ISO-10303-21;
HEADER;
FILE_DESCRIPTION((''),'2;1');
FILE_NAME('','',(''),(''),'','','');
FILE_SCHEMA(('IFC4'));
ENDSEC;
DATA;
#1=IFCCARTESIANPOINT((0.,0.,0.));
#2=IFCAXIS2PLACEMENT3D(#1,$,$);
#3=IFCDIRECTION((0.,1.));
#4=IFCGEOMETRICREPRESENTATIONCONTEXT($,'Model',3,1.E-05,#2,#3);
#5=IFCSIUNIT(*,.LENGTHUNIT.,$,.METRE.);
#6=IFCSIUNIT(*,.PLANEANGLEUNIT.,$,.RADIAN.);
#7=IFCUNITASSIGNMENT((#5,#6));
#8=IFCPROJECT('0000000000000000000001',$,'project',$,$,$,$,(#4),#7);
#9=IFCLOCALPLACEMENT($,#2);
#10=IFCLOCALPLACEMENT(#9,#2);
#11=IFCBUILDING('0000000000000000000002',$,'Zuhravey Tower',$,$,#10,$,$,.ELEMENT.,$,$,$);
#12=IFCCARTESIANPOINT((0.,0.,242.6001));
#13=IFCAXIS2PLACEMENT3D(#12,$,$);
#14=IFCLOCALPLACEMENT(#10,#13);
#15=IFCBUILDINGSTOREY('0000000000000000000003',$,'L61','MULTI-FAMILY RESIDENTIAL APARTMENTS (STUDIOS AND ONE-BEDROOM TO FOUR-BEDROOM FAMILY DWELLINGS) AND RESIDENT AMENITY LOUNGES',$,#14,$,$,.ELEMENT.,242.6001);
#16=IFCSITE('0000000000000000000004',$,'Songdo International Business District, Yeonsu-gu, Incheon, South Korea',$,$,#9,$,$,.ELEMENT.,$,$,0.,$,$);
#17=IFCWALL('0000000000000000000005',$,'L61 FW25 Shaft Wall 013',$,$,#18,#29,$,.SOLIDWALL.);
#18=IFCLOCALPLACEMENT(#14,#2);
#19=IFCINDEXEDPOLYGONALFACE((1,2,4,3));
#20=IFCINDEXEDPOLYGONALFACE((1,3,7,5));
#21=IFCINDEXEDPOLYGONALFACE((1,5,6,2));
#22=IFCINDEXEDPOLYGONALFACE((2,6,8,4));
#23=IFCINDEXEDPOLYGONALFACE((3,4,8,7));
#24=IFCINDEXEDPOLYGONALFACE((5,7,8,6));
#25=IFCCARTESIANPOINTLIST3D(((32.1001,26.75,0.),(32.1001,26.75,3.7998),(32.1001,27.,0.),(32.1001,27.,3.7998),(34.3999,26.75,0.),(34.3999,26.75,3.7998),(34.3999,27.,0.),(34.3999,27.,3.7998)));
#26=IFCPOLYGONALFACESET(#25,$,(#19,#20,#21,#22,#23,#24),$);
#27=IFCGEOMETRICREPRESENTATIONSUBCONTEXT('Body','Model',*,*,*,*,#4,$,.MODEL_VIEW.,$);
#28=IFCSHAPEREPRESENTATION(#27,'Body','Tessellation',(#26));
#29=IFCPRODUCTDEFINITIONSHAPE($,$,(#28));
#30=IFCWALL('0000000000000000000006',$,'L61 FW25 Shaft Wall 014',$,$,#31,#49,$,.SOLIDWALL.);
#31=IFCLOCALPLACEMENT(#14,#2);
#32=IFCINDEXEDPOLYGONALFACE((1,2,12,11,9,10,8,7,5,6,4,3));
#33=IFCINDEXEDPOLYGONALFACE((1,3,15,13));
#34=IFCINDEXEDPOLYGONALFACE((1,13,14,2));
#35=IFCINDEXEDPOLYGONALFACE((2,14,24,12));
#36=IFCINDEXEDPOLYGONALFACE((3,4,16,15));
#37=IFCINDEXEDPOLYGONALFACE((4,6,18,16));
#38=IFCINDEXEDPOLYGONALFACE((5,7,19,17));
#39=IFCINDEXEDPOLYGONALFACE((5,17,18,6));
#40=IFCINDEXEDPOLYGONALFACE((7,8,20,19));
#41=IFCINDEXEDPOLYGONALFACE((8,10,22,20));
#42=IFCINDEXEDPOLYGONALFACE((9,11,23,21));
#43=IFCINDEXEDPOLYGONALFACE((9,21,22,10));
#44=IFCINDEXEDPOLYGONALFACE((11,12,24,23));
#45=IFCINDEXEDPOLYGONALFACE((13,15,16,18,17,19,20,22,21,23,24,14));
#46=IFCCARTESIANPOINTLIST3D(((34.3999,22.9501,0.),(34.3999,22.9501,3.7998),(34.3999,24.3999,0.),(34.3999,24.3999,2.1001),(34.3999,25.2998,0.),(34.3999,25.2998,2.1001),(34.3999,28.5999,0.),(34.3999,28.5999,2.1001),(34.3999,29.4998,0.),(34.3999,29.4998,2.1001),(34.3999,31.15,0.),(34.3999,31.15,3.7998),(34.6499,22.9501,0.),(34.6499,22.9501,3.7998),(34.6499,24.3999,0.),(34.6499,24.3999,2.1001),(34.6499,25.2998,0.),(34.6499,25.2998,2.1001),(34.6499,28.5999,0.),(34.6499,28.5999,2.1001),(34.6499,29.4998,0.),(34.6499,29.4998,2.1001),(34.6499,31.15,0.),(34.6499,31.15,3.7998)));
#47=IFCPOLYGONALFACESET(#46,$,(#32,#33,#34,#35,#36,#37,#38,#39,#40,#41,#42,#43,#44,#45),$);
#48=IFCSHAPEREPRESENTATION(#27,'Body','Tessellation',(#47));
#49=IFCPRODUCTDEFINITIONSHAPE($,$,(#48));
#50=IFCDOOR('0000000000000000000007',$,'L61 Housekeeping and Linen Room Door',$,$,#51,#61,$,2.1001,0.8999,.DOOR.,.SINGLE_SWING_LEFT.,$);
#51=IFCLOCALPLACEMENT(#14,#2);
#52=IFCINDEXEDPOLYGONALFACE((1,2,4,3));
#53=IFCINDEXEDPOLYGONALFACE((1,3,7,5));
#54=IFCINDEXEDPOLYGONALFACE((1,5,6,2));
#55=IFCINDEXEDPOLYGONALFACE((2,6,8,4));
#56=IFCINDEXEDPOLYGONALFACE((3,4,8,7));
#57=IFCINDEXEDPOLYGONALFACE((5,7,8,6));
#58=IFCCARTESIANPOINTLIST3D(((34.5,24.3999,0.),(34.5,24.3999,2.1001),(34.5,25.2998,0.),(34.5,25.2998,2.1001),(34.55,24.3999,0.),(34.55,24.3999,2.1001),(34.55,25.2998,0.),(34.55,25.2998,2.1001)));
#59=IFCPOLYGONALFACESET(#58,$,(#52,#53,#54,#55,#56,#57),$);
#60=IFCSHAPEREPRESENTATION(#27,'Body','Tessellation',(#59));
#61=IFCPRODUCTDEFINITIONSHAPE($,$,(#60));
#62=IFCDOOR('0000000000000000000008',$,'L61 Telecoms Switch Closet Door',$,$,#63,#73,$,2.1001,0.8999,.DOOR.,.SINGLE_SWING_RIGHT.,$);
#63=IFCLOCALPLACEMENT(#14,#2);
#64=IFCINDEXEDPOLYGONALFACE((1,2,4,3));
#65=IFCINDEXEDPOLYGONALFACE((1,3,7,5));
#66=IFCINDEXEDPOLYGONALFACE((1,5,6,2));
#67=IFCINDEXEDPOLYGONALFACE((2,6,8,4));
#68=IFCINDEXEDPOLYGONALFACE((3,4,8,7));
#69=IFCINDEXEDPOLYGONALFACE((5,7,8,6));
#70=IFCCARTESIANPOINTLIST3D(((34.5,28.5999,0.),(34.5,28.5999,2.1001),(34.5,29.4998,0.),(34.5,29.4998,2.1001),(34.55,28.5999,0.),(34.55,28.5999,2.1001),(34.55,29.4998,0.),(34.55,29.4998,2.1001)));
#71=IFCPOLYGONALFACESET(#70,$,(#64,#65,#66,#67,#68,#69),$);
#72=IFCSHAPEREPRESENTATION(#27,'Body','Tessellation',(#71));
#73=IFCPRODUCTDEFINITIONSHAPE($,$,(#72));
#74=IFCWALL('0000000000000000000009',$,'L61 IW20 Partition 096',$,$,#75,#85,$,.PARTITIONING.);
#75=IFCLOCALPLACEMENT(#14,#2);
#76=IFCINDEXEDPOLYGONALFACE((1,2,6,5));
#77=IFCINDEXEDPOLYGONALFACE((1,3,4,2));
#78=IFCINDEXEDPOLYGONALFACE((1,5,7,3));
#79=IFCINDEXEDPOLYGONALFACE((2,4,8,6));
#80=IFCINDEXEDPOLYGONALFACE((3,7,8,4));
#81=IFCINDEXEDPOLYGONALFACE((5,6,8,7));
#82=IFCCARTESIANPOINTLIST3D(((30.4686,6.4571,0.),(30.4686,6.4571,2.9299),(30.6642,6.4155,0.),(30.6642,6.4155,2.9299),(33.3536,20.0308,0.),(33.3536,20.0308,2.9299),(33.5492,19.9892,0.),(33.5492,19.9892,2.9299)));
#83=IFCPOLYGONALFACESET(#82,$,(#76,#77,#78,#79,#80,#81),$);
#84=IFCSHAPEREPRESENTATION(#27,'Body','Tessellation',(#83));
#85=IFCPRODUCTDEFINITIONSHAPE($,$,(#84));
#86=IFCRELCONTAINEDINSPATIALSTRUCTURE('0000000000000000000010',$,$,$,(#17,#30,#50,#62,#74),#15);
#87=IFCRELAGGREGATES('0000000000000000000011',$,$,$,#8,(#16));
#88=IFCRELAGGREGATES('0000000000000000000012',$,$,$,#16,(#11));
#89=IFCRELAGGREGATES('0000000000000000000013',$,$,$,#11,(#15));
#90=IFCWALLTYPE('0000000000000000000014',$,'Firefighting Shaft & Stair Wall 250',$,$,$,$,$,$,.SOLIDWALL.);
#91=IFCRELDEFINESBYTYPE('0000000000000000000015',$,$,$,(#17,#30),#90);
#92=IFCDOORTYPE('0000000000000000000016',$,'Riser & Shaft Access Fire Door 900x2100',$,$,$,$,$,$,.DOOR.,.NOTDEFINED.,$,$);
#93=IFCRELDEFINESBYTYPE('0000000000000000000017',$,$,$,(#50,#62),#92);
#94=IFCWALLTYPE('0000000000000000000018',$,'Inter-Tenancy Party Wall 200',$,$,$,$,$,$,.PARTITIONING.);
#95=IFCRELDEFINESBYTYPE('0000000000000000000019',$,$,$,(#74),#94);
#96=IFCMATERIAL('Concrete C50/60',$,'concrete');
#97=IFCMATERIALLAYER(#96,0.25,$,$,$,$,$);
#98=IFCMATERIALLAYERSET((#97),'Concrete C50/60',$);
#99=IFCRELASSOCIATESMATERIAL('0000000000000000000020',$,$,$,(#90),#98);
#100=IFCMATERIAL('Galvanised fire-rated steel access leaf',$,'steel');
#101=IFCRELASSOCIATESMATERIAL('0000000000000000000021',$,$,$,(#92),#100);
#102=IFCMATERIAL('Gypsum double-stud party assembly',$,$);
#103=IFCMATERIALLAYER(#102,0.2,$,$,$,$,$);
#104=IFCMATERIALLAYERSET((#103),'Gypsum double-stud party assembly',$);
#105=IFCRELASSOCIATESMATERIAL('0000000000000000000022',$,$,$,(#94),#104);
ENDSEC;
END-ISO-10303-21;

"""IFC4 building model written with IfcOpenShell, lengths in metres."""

from ifc_helpers import new_model, si_unit, direction, frame, frame_2d, origin, place, context, subcontext, project, spatial, rectangle, extrude, material, layer, layer_set, type_object, element, fill, save


model = new_model("IFC4")

# Units and contexts
model_context = context("Model", 3, precision=1e-05, world=origin(), true_north=direction((0.0, 1.0)))
body_context = subcontext(model_context, "Body", "Model", "MODEL_VIEW")
ifc_project = project(units=[si_unit("LENGTHUNIT", "METRE"), si_unit("PLANEANGLEUNIT", "RADIAN")], contexts=[model_context])

# Site, building, storey
site_placement = place(None, origin())
site = spatial("IfcSite", under=ifc_project, at=site_placement, Name="Songdo International Business District, Yeonsu-gu, Incheon, South Korea", CompositionType="ELEMENT", RefElevation=0.0)
building_placement = place(site_placement, origin())
building = spatial("IfcBuilding", under=site, at=building_placement, Name="Zuhravey Tower", CompositionType="ELEMENT")
storey_placement = place(building_placement, frame((0.0, 0.0, 242.6001)))
storey = spatial("IfcBuildingStorey", under=building, at=storey_placement, Name="L61", Description="MULTI-FAMILY RESIDENTIAL APARTMENTS (STUDIOS AND ONE-BEDROOM TO FOUR-BEDROOM FAMILY DWELLINGS) AND RESIDENT AMENITY LOUNGES", CompositionType="ELEMENT", Elevation=242.6001)

# Shared definitions
ifc_material_1 = material(Name="Concrete C50/60", Category="concrete")
ifc_layer_1 = layer(ifc_material_1, 0.25)
ifc_layer_set_1 = layer_set([ifc_layer_1], Name="Concrete C50/60")
wall_type_1 = type_object("IfcWallType", Name="Firefighting Shaft & Stair Wall 250", PredefinedType="SOLIDWALL", material=ifc_layer_set_1)

# Shared definitions
ifc_material_2 = material(Name="Galvanised fire-rated steel access leaf", Category="steel")
door_type_1 = type_object("IfcDoorType", Name="Riser & Shaft Access Fire Door 900x2100", OperationType="NOTDEFINED", PredefinedType="DOOR", material=ifc_material_2)

# Wall
wall_1_placement = place(storey_placement, frame((32.1001, 26.875, 0.0), z_axis=(0.0, 0.0, 1.0), x_axis=(1.0, 0.0, 0.0)))
element("IfcWall", 1, at=wall_1_placement, inside=storey, type_object=wall_type_1, Name="L61 FW25 Shaft Wall 013", PredefinedType="SOLIDWALL", context=body_context, shape_type="SweptSolid", body=[
    extrude(rectangle(XDim=2.2998, YDim=0.25, at=frame_2d((1.1499, 0.0))), origin(), (0.0, 0.0, 1.0), 3.7998),
])

# Wall, openings, doors
wall_2_placement = place(storey_placement, frame((34.5249, 22.95, 0.0), z_axis=(0.0, 0.0, 1.0), x_axis=(0.0, 1.0, 0.0)))
wall_2 = element("IfcWall", 2, at=wall_2_placement, inside=storey, type_object=wall_type_1, Name="L61 FW25 Shaft Wall 014", PredefinedType="SOLIDWALL", context=body_context, shape_type="SweptSolid", body=[
    extrude(rectangle(XDim=8.2, YDim=0.25, at=frame_2d((4.1001, 0.0))), origin(), (0.0, 0.0, 1.0), 3.7998),
])
opening_1_placement = place(wall_2_placement, frame((1.45, 0.0, 0.0)))
opening_1 = element("IfcOpeningElement", 3, at=opening_1_placement, cuts=wall_2, PredefinedType="OPENING", context=body_context, shape_type="SweptSolid", body=[
    extrude(rectangle(XDim=0.8999, YDim=2.1001, at=frame_2d((0.45, 1.05))), frame((0.0, 0.137, 0.0), z_axis=(0.0, -1.0, 0.0), x_axis=(1.0, 0.0, 0.0)), (0.0, 0.0, 1.0), 0.2739),
])
opening_2_placement = place(wall_2_placement, frame((5.6499, 0.0, 0.0)))
opening_2 = element("IfcOpeningElement", 4, at=opening_2_placement, cuts=wall_2, PredefinedType="OPENING", context=body_context, shape_type="SweptSolid", body=[
    extrude(rectangle(XDim=0.8999, YDim=2.1001, at=frame_2d((0.45, 1.05))), frame((0.0, 0.137, 0.0), z_axis=(0.0, -1.0, 0.0), x_axis=(1.0, 0.0, 0.0)), (0.0, 0.0, 1.0), 0.2739),
])
door_1_placement = place(opening_1_placement, origin())
door_1 = element("IfcDoor", 5, at=door_1_placement, inside=storey, type_object=door_type_1, Name="L61 Housekeeping and Linen Room Door", OperationType="SINGLE_SWING_LEFT", OverallHeight=2.1001, OverallWidth=0.8999, PredefinedType="DOOR", context=body_context, shape_type="SweptSolid", body=[
    extrude(rectangle(XDim=0.8999, YDim=2.1001, at=frame_2d((0.45, 1.05))), frame((0.0, 0.0249, 0.0), z_axis=(0.0, -1.0, 0.0), x_axis=(1.0, 0.0, 0.0)), (0.0, 0.0, 1.0), 0.05),
])
fill(opening_1, door_1)
door_2_placement = place(opening_2_placement, origin())
door_2 = element("IfcDoor", 6, at=door_2_placement, inside=storey, type_object=door_type_1, Name="L61 Telecoms Switch Closet Door", OperationType="SINGLE_SWING_RIGHT", OverallHeight=2.1001, OverallWidth=0.8999, PredefinedType="DOOR", context=body_context, shape_type="SweptSolid", body=[
    extrude(rectangle(XDim=0.8999, YDim=2.1001, at=frame_2d((0.45, 1.05))), frame((0.0, 0.0249, 0.0), z_axis=(0.0, -1.0, 0.0), x_axis=(1.0, 0.0, 0.0)), (0.0, 0.0, 1.0), 0.05),
])
fill(opening_2, door_2)

# Wall
ifc_material_3 = material(Name="Gypsum double-stud party assembly")
ifc_layer_2 = layer(ifc_material_3, 0.2)
ifc_layer_set_2 = layer_set([ifc_layer_2], Name="Gypsum double-stud party assembly")
wall_type_2 = type_object("IfcWallType", Name="Inter-Tenancy Party Wall 200", PredefinedType="PARTITIONING", material=ifc_layer_set_2)
wall_3_placement = place(storey_placement, frame((33.4514, 20.01, 0.0), z_axis=(0.0, 0.0, 1.0), x_axis=(-0.2079, -0.97815, 0.0)))
element("IfcWall", 7, at=wall_3_placement, inside=storey, type_object=wall_type_2, Name="L61 IW20 Partition 096", PredefinedType="PARTITIONING", context=body_context, shape_type="SweptSolid", body=[
    extrude(rectangle(XDim=13.877, YDim=0.2, at=frame_2d((6.9385, 0.0))), origin(), (0.0, 0.0, 1.0), 2.9299),
])

save(model, "model.ifc")
